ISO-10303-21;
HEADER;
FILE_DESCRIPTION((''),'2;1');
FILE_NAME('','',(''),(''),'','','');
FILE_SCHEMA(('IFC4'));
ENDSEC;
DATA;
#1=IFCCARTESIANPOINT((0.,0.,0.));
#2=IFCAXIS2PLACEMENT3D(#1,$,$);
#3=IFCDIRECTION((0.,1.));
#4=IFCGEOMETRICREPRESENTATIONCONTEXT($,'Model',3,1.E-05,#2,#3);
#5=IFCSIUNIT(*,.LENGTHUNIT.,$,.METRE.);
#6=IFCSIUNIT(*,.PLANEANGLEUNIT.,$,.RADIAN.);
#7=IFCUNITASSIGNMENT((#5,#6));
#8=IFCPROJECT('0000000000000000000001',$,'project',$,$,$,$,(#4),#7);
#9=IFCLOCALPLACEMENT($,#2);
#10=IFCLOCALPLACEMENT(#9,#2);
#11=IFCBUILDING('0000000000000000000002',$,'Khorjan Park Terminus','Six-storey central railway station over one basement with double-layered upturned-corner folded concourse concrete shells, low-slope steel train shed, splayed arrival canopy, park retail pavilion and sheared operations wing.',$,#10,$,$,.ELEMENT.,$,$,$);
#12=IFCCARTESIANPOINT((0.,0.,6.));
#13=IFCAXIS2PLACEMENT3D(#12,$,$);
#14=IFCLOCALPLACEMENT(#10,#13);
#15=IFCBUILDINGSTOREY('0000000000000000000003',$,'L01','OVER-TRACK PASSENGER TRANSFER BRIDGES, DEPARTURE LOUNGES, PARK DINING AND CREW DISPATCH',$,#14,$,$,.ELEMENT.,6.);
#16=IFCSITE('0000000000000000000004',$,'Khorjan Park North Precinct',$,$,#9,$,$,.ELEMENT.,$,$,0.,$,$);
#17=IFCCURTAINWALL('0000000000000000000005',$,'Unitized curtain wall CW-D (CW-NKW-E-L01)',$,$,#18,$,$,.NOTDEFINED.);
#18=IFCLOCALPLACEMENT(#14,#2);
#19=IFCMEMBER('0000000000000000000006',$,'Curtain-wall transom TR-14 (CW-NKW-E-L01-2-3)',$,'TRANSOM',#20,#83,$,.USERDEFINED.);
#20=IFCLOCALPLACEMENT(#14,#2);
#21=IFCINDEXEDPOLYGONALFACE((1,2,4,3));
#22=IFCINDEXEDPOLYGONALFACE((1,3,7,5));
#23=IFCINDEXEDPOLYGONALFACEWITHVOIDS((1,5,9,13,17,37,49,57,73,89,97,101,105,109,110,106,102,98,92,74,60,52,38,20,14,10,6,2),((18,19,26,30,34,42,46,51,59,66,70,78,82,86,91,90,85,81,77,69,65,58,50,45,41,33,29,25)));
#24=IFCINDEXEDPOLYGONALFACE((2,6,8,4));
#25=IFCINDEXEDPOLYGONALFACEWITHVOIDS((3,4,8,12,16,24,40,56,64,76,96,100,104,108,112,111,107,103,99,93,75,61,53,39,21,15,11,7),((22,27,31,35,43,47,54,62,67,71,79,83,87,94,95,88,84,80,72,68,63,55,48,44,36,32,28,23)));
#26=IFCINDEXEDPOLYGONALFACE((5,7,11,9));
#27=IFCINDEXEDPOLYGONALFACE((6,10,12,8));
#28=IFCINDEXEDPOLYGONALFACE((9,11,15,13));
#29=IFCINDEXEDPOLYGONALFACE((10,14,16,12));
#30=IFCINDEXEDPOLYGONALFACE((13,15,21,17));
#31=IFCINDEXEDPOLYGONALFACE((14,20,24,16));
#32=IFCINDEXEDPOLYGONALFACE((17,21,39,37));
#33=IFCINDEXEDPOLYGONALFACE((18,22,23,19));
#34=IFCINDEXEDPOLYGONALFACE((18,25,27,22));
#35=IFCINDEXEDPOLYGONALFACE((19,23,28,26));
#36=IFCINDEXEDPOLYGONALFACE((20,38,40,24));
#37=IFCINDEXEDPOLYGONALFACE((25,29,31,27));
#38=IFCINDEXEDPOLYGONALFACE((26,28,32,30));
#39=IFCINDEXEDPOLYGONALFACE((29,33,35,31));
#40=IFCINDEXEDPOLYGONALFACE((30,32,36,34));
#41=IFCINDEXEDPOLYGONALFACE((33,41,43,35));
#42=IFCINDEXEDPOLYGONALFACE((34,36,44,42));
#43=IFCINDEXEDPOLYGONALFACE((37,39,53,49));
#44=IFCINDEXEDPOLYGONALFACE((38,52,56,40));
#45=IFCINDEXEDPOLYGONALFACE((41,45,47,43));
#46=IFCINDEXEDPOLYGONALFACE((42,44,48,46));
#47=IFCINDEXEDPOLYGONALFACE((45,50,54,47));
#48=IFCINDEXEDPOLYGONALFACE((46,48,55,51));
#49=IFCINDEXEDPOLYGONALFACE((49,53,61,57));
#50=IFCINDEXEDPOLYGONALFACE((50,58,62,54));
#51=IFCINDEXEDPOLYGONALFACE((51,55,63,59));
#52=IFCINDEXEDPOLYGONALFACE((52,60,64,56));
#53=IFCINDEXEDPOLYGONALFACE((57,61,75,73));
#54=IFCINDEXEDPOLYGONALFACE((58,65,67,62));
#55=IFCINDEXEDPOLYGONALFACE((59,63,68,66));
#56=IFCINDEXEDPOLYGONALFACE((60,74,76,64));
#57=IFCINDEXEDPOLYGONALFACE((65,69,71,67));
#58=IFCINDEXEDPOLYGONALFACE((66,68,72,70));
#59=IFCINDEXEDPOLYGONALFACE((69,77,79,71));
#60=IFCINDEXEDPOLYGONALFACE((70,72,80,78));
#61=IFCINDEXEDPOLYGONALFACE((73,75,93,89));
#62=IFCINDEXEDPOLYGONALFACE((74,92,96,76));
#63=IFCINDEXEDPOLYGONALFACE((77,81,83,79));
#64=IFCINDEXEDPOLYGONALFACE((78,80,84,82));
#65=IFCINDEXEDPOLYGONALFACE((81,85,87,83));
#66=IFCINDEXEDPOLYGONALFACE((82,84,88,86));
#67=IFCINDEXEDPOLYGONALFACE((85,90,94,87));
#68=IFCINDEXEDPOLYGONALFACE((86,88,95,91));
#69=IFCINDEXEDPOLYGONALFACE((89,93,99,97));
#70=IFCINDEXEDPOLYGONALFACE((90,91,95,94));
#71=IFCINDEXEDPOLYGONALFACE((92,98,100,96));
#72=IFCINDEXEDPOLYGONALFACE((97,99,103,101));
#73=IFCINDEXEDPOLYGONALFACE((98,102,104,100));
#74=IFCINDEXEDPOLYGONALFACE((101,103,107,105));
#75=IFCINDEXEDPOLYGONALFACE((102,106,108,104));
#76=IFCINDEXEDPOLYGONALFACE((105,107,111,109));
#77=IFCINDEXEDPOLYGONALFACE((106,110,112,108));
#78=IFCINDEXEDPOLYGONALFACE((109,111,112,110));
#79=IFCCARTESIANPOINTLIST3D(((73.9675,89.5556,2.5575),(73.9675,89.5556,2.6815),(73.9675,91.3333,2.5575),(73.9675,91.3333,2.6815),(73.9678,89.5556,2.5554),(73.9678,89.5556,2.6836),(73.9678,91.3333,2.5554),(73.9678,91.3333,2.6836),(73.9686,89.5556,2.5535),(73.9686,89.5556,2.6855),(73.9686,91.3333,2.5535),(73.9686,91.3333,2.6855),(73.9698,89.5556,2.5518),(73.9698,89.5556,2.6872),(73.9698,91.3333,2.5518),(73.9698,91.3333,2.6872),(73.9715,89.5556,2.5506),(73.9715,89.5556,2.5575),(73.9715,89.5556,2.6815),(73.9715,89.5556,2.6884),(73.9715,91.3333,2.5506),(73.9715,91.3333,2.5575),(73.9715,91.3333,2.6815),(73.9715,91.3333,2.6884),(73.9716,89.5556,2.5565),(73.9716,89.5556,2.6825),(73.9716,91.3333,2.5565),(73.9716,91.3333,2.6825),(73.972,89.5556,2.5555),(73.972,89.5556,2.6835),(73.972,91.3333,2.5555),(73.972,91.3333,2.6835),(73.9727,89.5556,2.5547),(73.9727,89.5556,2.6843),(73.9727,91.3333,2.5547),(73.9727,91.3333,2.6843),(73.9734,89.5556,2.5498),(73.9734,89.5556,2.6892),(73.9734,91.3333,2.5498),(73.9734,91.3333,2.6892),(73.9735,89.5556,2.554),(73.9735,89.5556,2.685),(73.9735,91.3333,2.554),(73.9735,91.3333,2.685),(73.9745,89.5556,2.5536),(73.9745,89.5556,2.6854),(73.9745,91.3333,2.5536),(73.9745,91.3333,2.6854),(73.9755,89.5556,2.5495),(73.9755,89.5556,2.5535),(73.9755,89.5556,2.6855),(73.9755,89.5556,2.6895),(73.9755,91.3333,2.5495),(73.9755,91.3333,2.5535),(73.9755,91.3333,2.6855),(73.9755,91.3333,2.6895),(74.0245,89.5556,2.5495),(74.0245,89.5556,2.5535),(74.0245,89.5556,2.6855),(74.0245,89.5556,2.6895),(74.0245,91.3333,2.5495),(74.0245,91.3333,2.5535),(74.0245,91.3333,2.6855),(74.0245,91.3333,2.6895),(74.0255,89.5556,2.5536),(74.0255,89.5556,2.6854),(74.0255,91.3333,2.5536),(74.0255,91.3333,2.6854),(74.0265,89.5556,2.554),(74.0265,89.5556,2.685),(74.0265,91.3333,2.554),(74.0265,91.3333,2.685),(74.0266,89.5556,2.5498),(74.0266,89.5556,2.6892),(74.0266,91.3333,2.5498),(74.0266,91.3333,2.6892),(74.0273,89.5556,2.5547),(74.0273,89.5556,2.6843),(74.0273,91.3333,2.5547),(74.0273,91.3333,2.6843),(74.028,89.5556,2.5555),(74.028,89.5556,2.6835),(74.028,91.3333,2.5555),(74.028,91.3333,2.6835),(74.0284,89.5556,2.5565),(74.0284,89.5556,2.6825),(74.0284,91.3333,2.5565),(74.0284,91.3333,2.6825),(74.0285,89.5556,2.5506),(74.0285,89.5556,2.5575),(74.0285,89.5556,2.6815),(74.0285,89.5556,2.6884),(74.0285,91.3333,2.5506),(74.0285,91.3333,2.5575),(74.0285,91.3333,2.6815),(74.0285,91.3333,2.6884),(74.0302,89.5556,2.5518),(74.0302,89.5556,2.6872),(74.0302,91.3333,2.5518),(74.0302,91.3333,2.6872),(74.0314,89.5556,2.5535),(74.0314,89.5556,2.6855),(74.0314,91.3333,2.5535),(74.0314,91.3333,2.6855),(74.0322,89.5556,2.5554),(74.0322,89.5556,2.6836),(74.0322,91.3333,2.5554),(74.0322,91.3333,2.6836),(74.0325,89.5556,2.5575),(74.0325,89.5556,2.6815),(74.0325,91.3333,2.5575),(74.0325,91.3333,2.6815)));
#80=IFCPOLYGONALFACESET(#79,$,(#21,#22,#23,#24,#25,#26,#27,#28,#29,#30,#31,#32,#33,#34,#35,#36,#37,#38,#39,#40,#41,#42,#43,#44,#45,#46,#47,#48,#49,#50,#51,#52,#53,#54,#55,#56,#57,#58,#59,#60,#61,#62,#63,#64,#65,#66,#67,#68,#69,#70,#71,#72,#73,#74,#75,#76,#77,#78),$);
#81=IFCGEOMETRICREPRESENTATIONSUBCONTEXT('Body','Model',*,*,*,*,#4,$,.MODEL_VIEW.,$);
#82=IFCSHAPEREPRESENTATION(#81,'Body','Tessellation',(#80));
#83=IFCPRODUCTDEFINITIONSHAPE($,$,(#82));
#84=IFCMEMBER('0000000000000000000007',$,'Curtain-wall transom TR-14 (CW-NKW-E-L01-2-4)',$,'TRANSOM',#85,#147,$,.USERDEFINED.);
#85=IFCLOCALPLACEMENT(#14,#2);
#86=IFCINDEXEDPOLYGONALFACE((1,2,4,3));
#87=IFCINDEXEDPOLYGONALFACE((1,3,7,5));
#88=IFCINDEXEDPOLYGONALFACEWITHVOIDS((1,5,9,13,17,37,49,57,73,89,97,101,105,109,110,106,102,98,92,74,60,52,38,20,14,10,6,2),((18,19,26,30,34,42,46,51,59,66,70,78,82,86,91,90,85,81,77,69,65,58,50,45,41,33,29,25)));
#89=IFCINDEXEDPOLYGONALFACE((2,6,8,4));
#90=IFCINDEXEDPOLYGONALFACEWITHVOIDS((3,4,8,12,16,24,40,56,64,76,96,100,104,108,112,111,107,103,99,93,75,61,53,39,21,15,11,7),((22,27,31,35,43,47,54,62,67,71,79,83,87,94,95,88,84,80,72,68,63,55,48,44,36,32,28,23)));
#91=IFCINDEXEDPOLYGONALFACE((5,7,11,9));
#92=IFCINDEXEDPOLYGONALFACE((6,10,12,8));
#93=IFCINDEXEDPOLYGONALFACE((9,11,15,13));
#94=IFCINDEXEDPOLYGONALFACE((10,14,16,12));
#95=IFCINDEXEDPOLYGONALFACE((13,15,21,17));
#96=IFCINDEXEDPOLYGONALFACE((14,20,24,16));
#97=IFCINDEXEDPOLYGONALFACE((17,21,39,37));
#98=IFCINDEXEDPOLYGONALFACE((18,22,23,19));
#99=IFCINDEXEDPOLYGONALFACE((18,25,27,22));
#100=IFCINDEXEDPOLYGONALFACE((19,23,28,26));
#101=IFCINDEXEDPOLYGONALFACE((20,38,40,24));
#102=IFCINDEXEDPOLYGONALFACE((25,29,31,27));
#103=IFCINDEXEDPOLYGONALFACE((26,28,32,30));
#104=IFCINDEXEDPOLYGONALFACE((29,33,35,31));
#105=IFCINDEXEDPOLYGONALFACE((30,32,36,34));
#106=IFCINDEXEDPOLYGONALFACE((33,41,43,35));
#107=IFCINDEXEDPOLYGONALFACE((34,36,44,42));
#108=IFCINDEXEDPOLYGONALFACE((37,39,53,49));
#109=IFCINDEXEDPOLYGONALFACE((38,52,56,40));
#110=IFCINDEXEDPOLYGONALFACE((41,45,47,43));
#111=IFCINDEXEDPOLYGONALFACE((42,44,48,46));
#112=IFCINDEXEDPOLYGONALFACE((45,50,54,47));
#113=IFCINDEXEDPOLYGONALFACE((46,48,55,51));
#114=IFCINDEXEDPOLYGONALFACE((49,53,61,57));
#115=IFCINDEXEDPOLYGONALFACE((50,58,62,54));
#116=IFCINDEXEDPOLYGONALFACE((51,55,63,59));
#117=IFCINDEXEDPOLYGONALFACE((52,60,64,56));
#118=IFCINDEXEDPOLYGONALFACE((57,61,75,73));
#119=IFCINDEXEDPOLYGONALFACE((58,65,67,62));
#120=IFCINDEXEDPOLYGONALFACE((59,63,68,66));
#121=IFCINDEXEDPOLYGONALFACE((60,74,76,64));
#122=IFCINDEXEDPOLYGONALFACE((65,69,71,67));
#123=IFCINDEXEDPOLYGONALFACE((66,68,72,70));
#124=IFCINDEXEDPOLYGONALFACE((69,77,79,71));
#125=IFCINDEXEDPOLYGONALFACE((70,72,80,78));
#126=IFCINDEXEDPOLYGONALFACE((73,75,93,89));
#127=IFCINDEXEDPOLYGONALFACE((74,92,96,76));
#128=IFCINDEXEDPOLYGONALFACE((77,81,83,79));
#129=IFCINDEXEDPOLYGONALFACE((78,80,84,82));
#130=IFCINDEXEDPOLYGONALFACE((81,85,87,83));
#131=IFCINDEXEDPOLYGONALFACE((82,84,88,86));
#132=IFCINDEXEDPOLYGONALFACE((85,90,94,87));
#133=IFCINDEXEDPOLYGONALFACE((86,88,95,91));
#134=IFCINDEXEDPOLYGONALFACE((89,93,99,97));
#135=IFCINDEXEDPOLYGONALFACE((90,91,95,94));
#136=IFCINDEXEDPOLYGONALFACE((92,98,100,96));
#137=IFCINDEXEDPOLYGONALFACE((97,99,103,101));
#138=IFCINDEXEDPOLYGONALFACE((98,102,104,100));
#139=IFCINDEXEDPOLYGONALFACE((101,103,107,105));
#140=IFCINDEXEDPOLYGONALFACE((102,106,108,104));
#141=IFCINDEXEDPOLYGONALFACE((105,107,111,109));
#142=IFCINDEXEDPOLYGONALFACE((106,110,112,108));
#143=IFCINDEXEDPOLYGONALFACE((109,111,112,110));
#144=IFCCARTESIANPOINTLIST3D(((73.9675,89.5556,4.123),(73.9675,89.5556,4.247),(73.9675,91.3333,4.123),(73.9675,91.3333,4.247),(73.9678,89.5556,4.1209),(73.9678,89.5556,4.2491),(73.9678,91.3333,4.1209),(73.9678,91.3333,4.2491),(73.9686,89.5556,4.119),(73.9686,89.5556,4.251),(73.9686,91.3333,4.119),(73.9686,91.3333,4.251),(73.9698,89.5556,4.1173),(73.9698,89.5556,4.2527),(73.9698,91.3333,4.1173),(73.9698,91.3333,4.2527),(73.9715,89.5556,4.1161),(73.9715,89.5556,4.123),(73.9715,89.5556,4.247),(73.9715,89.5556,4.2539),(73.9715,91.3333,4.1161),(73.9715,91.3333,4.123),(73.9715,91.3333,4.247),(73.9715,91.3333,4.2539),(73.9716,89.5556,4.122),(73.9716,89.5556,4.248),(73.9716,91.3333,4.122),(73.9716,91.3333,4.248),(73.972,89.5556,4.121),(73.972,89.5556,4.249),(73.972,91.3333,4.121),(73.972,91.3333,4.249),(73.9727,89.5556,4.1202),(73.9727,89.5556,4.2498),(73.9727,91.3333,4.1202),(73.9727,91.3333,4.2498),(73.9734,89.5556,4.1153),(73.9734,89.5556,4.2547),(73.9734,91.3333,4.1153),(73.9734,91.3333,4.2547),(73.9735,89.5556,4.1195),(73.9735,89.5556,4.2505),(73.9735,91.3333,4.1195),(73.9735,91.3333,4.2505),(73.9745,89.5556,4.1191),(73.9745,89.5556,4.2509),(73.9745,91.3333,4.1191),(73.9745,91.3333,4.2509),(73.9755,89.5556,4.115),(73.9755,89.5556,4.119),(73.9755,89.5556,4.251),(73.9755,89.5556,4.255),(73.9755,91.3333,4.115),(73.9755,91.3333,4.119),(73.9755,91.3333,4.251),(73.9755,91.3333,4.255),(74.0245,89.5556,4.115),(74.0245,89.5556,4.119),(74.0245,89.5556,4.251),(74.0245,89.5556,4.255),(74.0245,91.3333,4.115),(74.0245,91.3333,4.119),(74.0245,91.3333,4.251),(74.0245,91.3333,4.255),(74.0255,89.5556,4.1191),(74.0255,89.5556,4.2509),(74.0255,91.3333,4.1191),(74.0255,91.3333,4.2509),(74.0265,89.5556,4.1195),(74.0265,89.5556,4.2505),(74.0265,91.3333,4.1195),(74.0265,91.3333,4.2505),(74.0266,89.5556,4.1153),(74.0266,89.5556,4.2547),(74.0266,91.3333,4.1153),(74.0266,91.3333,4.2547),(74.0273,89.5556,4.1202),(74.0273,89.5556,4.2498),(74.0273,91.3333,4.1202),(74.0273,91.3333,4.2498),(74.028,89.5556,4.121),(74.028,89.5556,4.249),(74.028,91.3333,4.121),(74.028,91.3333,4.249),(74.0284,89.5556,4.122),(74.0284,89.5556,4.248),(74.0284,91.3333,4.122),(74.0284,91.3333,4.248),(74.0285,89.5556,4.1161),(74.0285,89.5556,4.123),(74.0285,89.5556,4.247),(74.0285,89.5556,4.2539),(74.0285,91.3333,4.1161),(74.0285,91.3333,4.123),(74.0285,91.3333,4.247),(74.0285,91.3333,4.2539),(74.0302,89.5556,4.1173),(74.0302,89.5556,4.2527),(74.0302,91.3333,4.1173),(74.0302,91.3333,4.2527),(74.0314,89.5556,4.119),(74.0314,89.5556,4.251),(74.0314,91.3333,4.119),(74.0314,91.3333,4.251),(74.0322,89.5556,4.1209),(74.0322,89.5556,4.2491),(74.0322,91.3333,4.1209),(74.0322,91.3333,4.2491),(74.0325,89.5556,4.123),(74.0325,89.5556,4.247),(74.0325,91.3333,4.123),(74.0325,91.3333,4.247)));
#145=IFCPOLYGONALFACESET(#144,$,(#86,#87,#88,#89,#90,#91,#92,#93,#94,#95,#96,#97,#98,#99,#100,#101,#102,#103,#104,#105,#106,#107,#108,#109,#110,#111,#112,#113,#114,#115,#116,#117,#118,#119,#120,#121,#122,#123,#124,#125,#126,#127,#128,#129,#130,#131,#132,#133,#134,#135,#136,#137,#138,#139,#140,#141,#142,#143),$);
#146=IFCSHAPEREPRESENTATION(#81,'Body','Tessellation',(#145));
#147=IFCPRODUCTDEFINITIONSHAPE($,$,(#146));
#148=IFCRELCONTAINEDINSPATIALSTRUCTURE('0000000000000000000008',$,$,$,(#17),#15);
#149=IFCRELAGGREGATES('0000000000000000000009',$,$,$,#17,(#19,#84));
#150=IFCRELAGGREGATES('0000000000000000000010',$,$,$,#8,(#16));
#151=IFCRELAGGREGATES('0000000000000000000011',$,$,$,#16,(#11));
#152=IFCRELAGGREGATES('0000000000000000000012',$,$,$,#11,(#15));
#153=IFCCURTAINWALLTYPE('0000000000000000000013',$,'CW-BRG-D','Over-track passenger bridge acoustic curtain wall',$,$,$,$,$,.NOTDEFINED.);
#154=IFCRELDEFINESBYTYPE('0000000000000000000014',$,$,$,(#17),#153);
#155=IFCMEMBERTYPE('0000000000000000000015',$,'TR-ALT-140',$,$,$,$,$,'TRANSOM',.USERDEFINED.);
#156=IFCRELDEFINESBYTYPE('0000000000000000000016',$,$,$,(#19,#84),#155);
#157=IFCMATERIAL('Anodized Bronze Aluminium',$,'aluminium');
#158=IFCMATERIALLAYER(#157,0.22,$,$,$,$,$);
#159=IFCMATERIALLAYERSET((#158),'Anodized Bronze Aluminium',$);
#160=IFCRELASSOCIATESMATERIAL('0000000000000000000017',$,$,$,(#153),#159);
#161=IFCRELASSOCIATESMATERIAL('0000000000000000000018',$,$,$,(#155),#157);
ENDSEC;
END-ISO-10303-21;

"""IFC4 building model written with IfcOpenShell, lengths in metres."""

from ifc_helpers import new_model, si_unit, direction, frame, origin, origin_2d, place, context, subcontext, project, spatial, hollow_rectangle, extrude, material, layer, layer_set, material_profile, profile_set, type_object, element, aggregate, save


model = new_model("IFC4")

# Units and contexts
model_context = context("Model", 3, precision=1e-05, world=origin(), true_north=direction((0.0, 1.0)))
body_context = subcontext(model_context, "Body", "Model", "MODEL_VIEW")
ifc_project = project(units=[si_unit("LENGTHUNIT", "METRE"), si_unit("PLANEANGLEUNIT", "RADIAN")], contexts=[model_context])

# Site, building, storey
site_placement = place(None, origin())
site = spatial("IfcSite", under=ifc_project, at=site_placement, Name="Khorjan Park North Precinct", CompositionType="ELEMENT", RefElevation=0.0)
building_placement = place(site_placement, origin())
building = spatial("IfcBuilding", under=site, at=building_placement, Name="Khorjan Park Terminus", Description="Six-storey central railway station over one basement with double-layered upturned-corner folded concourse concrete shells, low-slope steel train shed, splayed arrival canopy, park retail pavilion and sheared operations wing.", CompositionType="ELEMENT")
storey_placement = place(building_placement, frame((0.0, 0.0, 6.0)))
storey = spatial("IfcBuildingStorey", under=building, at=storey_placement, Name="L01", Description="OVER-TRACK PASSENGER TRANSFER BRIDGES, DEPARTURE LOUNGES, PARK DINING AND CREW DISPATCH", CompositionType="ELEMENT", Elevation=6.0)

# Curtain wall, members
ifc_material_1 = material(Name="Anodized Bronze Aluminium", Category="aluminium")
ifc_layer_1 = layer(ifc_material_1, 0.22)
ifc_layer_set_1 = layer_set([ifc_layer_1], Name="Anodized Bronze Aluminium")
curtain_wall_type = type_object("IfcCurtainWallType", Name="CW-BRG-D", Description="Over-track passenger bridge acoustic curtain wall", PredefinedType="NOTDEFINED", material=ifc_layer_set_1)
curtain_wall_placement = place(storey_placement, origin())
curtain_wall = element("IfcCurtainWall", 1, at=curtain_wall_placement, inside=storey, type_object=curtain_wall_type, Name="Unitized curtain wall CW-D (CW-NKW-E-L01)", PredefinedType="NOTDEFINED")
ifc_material_profile_1 = material_profile(ifc_material_1, hollow_rectangle(XDim=0.065, YDim=0.14, WallThickness=0.004, InnerFilletRadius=0.004, OuterFilletRadius=0.008, at=origin_2d()), Name="ALT 65x140x4")
ifc_profile_set_1 = profile_set([ifc_material_profile_1], Name="Anodized Bronze Aluminium")
member_type_1 = type_object("IfcMemberType", Name="TR-ALT-140", ElementType="TRANSOM", PredefinedType="USERDEFINED", material=ifc_profile_set_1)
member_1_placement = place(storey_placement, frame((74.0, 89.5556, 2.6195), z_axis=(0.0, 1.0, 0.0), x_axis=(-1.0, 0.0, 0.0)))
member_1 = element("IfcMember", 2, at=member_1_placement, type_object=member_type_1, Name="Curtain-wall transom TR-14 (CW-NKW-E-L01-2-3)", ObjectType="TRANSOM", PredefinedType="USERDEFINED", context=body_context, shape_type="SweptSolid", body=[
    extrude(hollow_rectangle(XDim=0.065, YDim=0.14, WallThickness=0.004, InnerFilletRadius=0.004, OuterFilletRadius=0.008, at=origin_2d()), origin(), (0.0, 0.0, 1.0), 1.7777),
])
member_2_placement = place(storey_placement, frame((74.0, 89.5556, 4.185), z_axis=(0.0, 1.0, 0.0), x_axis=(-1.0, 0.0, 0.0)))
member_2 = element("IfcMember", 3, at=member_2_placement, type_object=member_type_1, Name="Curtain-wall transom TR-14 (CW-NKW-E-L01-2-4)", ObjectType="TRANSOM", PredefinedType="USERDEFINED", context=body_context, shape_type="SweptSolid", body=[
    extrude(hollow_rectangle(XDim=0.065, YDim=0.14, WallThickness=0.004, InnerFilletRadius=0.004, OuterFilletRadius=0.008, at=origin_2d()), origin(), (0.0, 0.0, 1.0), 1.7777),
])
aggregate(curtain_wall, [member_1, member_2])

save(model, "model.ifc")
